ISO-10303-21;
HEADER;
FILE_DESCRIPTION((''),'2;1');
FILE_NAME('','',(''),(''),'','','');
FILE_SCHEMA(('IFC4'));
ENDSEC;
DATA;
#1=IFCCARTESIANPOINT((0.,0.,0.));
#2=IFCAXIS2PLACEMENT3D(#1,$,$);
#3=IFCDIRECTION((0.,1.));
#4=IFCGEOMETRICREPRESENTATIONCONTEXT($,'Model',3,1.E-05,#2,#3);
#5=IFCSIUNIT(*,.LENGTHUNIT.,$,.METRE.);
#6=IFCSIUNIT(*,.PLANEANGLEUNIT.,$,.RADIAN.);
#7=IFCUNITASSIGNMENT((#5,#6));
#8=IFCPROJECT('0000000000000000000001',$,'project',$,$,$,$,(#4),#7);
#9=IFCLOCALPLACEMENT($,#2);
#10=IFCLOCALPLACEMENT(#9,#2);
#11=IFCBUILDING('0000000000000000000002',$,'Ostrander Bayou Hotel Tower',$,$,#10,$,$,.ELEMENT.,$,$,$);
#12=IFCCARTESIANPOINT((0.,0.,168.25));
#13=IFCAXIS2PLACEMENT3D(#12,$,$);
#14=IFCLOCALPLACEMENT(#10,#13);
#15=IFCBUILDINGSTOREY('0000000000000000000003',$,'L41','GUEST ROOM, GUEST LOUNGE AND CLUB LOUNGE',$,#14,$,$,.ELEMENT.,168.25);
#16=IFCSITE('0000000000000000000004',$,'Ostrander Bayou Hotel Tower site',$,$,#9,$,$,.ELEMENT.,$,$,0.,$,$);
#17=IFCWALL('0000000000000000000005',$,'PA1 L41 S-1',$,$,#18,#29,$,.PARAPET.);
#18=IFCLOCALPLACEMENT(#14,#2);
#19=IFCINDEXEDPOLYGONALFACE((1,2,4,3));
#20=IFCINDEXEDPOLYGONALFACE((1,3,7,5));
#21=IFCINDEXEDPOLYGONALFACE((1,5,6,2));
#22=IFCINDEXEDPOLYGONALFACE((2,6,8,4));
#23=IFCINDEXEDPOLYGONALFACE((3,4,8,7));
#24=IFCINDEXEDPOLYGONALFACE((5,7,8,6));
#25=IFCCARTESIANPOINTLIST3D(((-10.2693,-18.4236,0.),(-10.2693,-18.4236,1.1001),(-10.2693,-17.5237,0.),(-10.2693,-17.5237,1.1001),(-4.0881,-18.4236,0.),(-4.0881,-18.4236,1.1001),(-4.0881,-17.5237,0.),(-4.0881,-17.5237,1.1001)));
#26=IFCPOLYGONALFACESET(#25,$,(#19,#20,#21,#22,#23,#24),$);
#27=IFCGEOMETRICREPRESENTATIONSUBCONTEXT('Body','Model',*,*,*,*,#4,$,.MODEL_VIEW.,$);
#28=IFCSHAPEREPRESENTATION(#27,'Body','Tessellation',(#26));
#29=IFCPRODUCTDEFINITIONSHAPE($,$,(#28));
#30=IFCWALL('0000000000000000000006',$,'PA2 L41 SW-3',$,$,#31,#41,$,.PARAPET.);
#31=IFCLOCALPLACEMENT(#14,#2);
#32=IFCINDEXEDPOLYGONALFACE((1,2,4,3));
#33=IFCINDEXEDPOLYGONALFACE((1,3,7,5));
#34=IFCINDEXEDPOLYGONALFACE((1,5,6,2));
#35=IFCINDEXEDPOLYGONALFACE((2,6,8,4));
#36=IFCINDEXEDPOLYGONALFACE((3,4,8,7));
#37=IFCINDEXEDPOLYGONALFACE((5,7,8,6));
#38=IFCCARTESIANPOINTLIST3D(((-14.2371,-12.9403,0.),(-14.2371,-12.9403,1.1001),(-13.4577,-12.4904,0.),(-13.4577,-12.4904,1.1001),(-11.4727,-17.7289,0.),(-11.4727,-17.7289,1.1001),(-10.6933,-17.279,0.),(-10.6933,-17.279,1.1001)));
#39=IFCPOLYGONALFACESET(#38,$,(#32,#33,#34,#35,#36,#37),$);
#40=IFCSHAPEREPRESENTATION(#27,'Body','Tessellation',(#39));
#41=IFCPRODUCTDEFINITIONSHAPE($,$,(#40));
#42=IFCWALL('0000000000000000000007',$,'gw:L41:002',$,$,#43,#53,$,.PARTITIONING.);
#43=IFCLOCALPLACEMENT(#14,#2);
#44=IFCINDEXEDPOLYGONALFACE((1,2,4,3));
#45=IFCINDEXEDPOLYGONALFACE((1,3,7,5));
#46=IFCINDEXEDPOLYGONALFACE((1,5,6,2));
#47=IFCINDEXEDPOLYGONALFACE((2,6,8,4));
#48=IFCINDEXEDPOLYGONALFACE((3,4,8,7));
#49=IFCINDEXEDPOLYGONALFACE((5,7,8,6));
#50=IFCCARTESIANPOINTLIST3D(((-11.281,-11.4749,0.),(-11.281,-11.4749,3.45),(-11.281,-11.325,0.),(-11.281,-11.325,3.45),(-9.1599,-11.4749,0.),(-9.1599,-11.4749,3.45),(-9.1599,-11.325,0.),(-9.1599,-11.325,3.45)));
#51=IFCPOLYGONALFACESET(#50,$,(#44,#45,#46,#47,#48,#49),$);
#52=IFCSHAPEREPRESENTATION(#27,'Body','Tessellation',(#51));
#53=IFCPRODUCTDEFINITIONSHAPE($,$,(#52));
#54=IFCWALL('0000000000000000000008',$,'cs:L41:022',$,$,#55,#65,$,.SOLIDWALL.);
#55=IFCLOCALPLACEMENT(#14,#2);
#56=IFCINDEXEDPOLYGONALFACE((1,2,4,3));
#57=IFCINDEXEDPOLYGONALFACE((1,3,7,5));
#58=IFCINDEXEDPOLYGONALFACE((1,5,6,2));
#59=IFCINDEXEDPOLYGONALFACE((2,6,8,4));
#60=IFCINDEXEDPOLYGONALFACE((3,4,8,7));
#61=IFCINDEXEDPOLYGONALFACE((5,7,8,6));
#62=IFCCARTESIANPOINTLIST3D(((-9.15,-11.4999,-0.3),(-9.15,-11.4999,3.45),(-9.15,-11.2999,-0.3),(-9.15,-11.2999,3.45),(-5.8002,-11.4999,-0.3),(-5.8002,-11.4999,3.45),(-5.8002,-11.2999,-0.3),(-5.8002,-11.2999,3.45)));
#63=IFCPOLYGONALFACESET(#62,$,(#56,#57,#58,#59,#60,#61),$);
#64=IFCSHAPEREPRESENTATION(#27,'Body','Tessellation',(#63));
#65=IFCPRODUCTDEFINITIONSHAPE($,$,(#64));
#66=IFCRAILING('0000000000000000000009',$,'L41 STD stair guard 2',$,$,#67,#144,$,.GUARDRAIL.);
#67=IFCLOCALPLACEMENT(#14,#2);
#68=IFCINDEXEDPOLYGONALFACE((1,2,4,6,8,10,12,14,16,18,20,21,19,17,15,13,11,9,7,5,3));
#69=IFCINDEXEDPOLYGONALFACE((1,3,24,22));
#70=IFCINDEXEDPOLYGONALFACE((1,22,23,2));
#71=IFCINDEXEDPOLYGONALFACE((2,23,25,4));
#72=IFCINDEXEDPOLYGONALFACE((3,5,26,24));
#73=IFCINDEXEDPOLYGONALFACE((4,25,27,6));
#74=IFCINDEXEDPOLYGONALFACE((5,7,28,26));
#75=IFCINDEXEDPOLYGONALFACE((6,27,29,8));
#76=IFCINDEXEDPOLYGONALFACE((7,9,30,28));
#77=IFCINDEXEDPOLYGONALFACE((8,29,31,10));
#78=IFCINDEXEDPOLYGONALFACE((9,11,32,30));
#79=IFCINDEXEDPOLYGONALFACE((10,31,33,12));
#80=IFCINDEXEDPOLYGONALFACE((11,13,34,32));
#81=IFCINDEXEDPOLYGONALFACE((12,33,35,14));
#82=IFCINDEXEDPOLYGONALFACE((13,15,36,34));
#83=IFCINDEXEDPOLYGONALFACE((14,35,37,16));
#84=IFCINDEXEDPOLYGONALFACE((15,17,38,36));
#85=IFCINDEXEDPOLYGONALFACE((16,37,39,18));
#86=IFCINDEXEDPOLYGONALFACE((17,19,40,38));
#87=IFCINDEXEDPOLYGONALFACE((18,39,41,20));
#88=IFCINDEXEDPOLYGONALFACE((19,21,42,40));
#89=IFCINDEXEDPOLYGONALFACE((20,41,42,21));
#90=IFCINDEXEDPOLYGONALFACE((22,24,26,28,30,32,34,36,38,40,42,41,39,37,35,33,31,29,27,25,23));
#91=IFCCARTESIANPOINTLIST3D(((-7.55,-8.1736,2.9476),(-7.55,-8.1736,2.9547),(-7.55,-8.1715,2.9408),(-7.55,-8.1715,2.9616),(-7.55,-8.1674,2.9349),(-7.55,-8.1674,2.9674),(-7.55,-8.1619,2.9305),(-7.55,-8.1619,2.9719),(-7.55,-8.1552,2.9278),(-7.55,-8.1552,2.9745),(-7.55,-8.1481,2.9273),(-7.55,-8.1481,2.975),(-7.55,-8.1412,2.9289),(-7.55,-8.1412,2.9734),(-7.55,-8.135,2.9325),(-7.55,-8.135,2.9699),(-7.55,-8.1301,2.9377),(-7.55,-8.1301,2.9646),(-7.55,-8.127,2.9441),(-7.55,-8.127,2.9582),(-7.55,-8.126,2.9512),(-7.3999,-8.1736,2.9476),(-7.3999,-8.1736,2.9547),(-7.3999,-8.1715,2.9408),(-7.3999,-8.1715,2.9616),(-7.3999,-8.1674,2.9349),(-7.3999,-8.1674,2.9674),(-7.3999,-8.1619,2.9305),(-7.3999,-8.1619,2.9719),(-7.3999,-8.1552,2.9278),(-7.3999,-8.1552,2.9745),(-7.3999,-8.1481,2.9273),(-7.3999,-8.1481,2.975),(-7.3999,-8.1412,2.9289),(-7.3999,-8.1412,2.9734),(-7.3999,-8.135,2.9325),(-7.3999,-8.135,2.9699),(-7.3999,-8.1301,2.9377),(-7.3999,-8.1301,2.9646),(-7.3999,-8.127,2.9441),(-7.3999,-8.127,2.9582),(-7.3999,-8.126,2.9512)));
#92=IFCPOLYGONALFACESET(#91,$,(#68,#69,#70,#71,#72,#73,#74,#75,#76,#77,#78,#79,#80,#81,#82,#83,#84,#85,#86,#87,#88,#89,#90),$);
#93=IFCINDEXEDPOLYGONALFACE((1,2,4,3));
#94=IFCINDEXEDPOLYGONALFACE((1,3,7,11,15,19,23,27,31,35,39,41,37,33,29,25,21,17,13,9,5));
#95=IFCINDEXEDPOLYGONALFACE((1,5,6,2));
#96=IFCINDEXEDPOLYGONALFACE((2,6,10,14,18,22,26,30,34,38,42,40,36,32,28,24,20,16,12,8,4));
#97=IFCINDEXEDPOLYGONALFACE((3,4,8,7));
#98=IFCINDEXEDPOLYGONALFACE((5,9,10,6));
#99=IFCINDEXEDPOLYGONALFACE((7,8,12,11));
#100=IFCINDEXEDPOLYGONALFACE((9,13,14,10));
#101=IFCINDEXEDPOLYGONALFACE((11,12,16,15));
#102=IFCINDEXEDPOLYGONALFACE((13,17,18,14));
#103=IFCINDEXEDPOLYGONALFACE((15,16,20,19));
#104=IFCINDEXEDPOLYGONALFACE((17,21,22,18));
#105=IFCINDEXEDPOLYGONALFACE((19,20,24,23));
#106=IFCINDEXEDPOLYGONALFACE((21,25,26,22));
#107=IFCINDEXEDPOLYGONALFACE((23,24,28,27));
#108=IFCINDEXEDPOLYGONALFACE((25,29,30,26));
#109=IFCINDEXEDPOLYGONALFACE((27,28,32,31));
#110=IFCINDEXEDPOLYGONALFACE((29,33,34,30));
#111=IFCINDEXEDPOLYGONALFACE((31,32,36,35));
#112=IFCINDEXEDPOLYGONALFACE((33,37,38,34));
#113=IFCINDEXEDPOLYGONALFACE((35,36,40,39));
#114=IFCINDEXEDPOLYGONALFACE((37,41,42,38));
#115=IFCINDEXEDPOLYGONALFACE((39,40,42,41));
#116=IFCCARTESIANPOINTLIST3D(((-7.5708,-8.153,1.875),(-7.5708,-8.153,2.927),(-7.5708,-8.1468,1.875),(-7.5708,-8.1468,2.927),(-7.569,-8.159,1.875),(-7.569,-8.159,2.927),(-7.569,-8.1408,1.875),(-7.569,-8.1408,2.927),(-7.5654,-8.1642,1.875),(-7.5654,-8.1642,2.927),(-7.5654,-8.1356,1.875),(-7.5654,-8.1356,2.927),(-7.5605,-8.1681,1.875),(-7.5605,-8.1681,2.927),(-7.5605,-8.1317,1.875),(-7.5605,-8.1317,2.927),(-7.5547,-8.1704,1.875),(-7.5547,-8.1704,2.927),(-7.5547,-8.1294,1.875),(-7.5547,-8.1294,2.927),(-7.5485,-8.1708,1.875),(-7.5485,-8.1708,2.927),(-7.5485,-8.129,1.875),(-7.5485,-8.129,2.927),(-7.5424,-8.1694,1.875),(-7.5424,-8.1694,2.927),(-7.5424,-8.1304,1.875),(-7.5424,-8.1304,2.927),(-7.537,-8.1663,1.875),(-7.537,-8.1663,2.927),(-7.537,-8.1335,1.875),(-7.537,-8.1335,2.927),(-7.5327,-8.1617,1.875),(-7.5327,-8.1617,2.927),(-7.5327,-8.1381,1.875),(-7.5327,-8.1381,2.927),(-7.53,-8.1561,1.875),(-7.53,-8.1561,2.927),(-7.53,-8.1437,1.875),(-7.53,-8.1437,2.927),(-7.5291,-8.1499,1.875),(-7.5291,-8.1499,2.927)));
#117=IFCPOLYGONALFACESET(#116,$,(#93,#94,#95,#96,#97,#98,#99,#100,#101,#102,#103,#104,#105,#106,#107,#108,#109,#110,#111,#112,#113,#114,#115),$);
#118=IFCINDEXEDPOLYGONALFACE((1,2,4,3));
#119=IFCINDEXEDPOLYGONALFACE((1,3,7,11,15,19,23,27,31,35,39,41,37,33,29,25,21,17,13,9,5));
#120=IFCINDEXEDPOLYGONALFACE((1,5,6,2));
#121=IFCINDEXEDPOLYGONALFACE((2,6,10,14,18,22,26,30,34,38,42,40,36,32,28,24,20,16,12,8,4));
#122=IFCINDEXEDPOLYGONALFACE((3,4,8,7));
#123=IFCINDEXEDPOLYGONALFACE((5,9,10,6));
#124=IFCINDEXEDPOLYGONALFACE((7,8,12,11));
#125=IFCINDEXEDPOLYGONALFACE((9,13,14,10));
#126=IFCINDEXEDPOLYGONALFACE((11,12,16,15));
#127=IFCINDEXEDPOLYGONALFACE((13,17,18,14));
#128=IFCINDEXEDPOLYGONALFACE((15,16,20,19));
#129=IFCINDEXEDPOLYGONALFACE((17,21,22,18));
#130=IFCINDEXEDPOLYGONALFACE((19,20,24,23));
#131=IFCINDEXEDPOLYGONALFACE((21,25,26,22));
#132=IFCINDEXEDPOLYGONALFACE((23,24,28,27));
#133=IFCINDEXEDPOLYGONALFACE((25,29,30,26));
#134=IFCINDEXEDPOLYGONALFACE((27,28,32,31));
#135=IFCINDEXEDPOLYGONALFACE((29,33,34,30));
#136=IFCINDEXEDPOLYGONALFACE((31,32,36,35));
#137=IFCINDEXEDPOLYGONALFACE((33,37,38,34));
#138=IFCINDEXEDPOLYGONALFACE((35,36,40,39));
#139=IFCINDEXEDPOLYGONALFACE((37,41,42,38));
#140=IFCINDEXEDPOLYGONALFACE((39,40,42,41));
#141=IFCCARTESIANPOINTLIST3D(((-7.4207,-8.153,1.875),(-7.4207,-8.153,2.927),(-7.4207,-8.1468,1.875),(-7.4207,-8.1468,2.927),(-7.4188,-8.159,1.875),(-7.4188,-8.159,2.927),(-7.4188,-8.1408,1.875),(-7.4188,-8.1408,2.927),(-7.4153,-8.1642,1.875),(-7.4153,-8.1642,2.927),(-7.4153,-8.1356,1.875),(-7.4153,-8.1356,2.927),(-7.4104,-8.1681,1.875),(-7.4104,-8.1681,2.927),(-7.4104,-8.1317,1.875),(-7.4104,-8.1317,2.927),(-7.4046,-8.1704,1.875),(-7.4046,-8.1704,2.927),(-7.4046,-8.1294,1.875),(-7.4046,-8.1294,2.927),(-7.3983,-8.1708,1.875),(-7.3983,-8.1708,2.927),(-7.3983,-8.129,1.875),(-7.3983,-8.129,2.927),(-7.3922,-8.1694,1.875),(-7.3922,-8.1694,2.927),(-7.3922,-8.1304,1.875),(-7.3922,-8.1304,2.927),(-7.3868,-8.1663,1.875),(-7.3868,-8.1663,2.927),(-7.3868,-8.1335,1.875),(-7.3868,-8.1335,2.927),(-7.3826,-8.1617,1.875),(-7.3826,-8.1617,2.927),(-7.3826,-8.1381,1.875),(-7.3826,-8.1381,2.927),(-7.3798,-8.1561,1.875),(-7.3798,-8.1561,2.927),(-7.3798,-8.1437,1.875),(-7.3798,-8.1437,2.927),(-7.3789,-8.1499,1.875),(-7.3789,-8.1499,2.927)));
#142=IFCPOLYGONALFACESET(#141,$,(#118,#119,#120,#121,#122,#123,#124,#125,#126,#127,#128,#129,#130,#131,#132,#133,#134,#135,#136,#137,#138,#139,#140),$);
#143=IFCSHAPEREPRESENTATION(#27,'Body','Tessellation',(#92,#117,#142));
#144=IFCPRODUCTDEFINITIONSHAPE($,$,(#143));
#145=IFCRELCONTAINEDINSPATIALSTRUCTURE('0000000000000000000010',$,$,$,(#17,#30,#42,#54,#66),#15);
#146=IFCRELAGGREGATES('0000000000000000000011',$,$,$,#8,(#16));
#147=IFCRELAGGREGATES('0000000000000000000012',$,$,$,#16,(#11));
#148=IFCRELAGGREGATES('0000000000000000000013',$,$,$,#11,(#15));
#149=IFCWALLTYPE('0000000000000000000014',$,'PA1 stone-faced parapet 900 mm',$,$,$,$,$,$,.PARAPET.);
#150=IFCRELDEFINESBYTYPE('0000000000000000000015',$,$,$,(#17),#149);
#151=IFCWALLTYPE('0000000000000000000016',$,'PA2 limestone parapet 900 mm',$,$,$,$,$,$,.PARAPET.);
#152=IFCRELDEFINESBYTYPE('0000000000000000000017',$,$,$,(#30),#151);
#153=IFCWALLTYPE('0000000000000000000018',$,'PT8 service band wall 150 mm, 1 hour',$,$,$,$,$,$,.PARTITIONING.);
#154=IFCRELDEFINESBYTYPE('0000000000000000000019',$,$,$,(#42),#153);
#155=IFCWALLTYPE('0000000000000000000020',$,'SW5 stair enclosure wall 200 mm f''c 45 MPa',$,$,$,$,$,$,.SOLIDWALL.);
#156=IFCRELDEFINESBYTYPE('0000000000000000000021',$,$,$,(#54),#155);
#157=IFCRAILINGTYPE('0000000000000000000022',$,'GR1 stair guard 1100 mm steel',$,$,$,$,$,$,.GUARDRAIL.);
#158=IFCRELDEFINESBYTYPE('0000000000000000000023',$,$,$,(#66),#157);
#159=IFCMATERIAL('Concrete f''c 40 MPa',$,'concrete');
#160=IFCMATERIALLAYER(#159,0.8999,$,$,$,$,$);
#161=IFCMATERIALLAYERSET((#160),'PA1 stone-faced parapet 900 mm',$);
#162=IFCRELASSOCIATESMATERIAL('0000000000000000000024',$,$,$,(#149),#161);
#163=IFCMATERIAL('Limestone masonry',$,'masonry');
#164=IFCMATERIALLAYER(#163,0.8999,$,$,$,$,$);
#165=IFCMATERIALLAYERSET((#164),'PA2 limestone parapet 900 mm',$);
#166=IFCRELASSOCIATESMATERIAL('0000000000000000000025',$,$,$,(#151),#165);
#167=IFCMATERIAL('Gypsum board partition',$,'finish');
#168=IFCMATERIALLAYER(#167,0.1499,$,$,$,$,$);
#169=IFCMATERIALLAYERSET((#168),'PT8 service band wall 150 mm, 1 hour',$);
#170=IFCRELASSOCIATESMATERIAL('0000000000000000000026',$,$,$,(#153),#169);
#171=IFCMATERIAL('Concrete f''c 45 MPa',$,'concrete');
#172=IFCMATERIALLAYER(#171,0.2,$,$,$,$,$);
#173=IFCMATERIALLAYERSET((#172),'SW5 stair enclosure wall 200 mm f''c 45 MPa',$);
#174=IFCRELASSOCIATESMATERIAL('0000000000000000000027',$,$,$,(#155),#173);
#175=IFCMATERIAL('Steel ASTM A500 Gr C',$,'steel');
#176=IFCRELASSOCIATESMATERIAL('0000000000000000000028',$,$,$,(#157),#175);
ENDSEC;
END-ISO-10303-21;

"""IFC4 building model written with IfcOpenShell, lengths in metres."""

from ifc_helpers import new_model, si_unit, direction, frame, frame_2d, origin, origin_2d, place, context, subcontext, project, spatial, rectangle, circle, extrude, material, layer, layer_set, type_object, element, save


model = new_model("IFC4")

# Units and contexts
model_context = context("Model", 3, precision=1e-05, world=origin(), true_north=direction((0.0, 1.0)))
body_context = subcontext(model_context, "Body", "Model", "MODEL_VIEW")
ifc_project = project(units=[si_unit("LENGTHUNIT", "METRE"), si_unit("PLANEANGLEUNIT", "RADIAN")], contexts=[model_context])

# Site, building, storey
site_placement = place(None, origin())
site = spatial("IfcSite", under=ifc_project, at=site_placement, Name="Ostrander Bayou Hotel Tower site", CompositionType="ELEMENT", RefElevation=0.0)
building_placement = place(site_placement, origin())
building = spatial("IfcBuilding", under=site, at=building_placement, Name="Ostrander Bayou Hotel Tower", CompositionType="ELEMENT")
storey_placement = place(building_placement, frame((0.0, 0.0, 168.25)))
storey = spatial("IfcBuildingStorey", under=building, at=storey_placement, Name="L41", Description="GUEST ROOM, GUEST LOUNGE AND CLUB LOUNGE", CompositionType="ELEMENT", Elevation=168.25)

# Walls
ifc_material_1 = material(Name="Concrete f'c 40 MPa", Category="concrete")
ifc_layer_1 = layer(ifc_material_1, 0.8999)
ifc_layer_set_1 = layer_set([ifc_layer_1], Name="PA1 stone-faced parapet 900 mm")
wall_type_1 = type_object("IfcWallType", Name="PA1 stone-faced parapet 900 mm", PredefinedType="PARAPET", material=ifc_layer_set_1)
wall_1_placement = place(storey_placement, frame((-10.2693, -17.9736, 0.0), z_axis=(0.0, 0.0, 1.0), x_axis=(1.0, 0.0, 0.0)))
element("IfcWall", 1, at=wall_1_placement, inside=storey, type_object=wall_type_1, Name="PA1 L41 S-1", PredefinedType="PARAPET", context=body_context, shape_type="SweptSolid", body=[
    extrude(rectangle(XDim=6.1812, YDim=0.8999, at=frame_2d((3.0906, 0.0))), origin(), (0.0, 0.0, 1.0), 1.1001),
])
ifc_material_2 = material(Name="Limestone masonry", Category="masonry")
ifc_layer_2 = layer(ifc_material_2, 0.8999)
ifc_layer_set_2 = layer_set([ifc_layer_2], Name="PA2 limestone parapet 900 mm")
wall_type_2 = type_object("IfcWallType", Name="PA2 limestone parapet 900 mm", PredefinedType="PARAPET", material=ifc_layer_set_2)
wall_2_placement = place(storey_placement, frame((-13.8474, -12.7153, 0.0), z_axis=(0.0, 0.0, 1.0), x_axis=(0.499962, -0.866047, 0.0)))
element("IfcWall", 2, at=wall_2_placement, inside=storey, type_object=wall_type_2, Name="PA2 L41 SW-3", PredefinedType="PARAPET", context=body_context, shape_type="SweptSolid", body=[
    extrude(rectangle(XDim=5.5293, YDim=0.8999, at=frame_2d((2.7646, 0.0))), origin(), (0.0, 0.0, 1.0), 1.1001),
])
ifc_material_3 = material(Name="Gypsum board partition", Category="finish")
ifc_layer_3 = layer(ifc_material_3, 0.1499)
ifc_layer_set_3 = layer_set([ifc_layer_3], Name="PT8 service band wall 150 mm, 1 hour")
wall_type_3 = type_object("IfcWallType", Name="PT8 service band wall 150 mm, 1 hour", PredefinedType="PARTITIONING", material=ifc_layer_set_3)
wall_3_placement = place(storey_placement, frame((-11.281, -11.3999, 0.0), z_axis=(0.0, 0.0, 1.0), x_axis=(1.0, 0.0, 0.0)))
element("IfcWall", 3, at=wall_3_placement, inside=storey, type_object=wall_type_3, Name="gw:L41:002", PredefinedType="PARTITIONING", context=body_context, shape_type="SweptSolid", body=[
    extrude(rectangle(XDim=2.1211, YDim=0.1499, at=frame_2d((1.0605, 0.0))), origin(), (0.0, 0.0, 1.0), 3.45),
])
ifc_material_4 = material(Name="Concrete f'c 45 MPa", Category="concrete")
ifc_layer_4 = layer(ifc_material_4, 0.2)
ifc_layer_set_4 = layer_set([ifc_layer_4], Name="SW5 stair enclosure wall 200 mm f'c 45 MPa")
wall_type_4 = type_object("IfcWallType", Name="SW5 stair enclosure wall 200 mm f'c 45 MPa", PredefinedType="SOLIDWALL", material=ifc_layer_set_4)
wall_4_placement = place(storey_placement, frame((-9.1499, -11.3999, -0.3), z_axis=(0.0, 0.0, 1.0), x_axis=(1.0, 0.0, 0.0)))
element("IfcWall", 4, at=wall_4_placement, inside=storey, type_object=wall_type_4, Name="cs:L41:022", PredefinedType="SOLIDWALL", context=body_context, shape_type="SweptSolid", body=[
    extrude(rectangle(XDim=3.3499, YDim=0.2, at=frame_2d((1.6748, 0.0))), origin(), (0.0, 0.0, 1.0), 3.75),
])

# Railing
ifc_material_5 = material(Name="Steel ASTM A500 Gr C", Category="steel")
railing_type = type_object("IfcRailingType", Name="GR1 stair guard 1100 mm steel", PredefinedType="GUARDRAIL", material=ifc_material_5)
railing_placement = place(storey_placement, frame((-7.55, -8.1499, 1.875)))
element("IfcRailing", 5, at=railing_placement, inside=storey, type_object=railing_type, Name="L41 STD stair guard 2", PredefinedType="GUARDRAIL", context=body_context, shape_type="SweptSolid", body=[
    extrude(circle(Radius=0.0239, at=origin_2d()), frame((0.0, 0.0, 1.0762), z_axis=(1.0, 0.0, 0.0), x_axis=(0.0, 1.0, 0.0)), (0.0, 0.0, 1.0), 0.1501),
    extrude(circle(Radius=0.021, at=origin_2d()), origin(), (0.0, 0.0, 1.0), 1.052),
    extrude(circle(Radius=0.021, at=origin_2d()), frame((0.1501, 0.0, 0.0)), (0.0, 0.0, 1.0), 1.052),
])

save(model, "model.ifc")
